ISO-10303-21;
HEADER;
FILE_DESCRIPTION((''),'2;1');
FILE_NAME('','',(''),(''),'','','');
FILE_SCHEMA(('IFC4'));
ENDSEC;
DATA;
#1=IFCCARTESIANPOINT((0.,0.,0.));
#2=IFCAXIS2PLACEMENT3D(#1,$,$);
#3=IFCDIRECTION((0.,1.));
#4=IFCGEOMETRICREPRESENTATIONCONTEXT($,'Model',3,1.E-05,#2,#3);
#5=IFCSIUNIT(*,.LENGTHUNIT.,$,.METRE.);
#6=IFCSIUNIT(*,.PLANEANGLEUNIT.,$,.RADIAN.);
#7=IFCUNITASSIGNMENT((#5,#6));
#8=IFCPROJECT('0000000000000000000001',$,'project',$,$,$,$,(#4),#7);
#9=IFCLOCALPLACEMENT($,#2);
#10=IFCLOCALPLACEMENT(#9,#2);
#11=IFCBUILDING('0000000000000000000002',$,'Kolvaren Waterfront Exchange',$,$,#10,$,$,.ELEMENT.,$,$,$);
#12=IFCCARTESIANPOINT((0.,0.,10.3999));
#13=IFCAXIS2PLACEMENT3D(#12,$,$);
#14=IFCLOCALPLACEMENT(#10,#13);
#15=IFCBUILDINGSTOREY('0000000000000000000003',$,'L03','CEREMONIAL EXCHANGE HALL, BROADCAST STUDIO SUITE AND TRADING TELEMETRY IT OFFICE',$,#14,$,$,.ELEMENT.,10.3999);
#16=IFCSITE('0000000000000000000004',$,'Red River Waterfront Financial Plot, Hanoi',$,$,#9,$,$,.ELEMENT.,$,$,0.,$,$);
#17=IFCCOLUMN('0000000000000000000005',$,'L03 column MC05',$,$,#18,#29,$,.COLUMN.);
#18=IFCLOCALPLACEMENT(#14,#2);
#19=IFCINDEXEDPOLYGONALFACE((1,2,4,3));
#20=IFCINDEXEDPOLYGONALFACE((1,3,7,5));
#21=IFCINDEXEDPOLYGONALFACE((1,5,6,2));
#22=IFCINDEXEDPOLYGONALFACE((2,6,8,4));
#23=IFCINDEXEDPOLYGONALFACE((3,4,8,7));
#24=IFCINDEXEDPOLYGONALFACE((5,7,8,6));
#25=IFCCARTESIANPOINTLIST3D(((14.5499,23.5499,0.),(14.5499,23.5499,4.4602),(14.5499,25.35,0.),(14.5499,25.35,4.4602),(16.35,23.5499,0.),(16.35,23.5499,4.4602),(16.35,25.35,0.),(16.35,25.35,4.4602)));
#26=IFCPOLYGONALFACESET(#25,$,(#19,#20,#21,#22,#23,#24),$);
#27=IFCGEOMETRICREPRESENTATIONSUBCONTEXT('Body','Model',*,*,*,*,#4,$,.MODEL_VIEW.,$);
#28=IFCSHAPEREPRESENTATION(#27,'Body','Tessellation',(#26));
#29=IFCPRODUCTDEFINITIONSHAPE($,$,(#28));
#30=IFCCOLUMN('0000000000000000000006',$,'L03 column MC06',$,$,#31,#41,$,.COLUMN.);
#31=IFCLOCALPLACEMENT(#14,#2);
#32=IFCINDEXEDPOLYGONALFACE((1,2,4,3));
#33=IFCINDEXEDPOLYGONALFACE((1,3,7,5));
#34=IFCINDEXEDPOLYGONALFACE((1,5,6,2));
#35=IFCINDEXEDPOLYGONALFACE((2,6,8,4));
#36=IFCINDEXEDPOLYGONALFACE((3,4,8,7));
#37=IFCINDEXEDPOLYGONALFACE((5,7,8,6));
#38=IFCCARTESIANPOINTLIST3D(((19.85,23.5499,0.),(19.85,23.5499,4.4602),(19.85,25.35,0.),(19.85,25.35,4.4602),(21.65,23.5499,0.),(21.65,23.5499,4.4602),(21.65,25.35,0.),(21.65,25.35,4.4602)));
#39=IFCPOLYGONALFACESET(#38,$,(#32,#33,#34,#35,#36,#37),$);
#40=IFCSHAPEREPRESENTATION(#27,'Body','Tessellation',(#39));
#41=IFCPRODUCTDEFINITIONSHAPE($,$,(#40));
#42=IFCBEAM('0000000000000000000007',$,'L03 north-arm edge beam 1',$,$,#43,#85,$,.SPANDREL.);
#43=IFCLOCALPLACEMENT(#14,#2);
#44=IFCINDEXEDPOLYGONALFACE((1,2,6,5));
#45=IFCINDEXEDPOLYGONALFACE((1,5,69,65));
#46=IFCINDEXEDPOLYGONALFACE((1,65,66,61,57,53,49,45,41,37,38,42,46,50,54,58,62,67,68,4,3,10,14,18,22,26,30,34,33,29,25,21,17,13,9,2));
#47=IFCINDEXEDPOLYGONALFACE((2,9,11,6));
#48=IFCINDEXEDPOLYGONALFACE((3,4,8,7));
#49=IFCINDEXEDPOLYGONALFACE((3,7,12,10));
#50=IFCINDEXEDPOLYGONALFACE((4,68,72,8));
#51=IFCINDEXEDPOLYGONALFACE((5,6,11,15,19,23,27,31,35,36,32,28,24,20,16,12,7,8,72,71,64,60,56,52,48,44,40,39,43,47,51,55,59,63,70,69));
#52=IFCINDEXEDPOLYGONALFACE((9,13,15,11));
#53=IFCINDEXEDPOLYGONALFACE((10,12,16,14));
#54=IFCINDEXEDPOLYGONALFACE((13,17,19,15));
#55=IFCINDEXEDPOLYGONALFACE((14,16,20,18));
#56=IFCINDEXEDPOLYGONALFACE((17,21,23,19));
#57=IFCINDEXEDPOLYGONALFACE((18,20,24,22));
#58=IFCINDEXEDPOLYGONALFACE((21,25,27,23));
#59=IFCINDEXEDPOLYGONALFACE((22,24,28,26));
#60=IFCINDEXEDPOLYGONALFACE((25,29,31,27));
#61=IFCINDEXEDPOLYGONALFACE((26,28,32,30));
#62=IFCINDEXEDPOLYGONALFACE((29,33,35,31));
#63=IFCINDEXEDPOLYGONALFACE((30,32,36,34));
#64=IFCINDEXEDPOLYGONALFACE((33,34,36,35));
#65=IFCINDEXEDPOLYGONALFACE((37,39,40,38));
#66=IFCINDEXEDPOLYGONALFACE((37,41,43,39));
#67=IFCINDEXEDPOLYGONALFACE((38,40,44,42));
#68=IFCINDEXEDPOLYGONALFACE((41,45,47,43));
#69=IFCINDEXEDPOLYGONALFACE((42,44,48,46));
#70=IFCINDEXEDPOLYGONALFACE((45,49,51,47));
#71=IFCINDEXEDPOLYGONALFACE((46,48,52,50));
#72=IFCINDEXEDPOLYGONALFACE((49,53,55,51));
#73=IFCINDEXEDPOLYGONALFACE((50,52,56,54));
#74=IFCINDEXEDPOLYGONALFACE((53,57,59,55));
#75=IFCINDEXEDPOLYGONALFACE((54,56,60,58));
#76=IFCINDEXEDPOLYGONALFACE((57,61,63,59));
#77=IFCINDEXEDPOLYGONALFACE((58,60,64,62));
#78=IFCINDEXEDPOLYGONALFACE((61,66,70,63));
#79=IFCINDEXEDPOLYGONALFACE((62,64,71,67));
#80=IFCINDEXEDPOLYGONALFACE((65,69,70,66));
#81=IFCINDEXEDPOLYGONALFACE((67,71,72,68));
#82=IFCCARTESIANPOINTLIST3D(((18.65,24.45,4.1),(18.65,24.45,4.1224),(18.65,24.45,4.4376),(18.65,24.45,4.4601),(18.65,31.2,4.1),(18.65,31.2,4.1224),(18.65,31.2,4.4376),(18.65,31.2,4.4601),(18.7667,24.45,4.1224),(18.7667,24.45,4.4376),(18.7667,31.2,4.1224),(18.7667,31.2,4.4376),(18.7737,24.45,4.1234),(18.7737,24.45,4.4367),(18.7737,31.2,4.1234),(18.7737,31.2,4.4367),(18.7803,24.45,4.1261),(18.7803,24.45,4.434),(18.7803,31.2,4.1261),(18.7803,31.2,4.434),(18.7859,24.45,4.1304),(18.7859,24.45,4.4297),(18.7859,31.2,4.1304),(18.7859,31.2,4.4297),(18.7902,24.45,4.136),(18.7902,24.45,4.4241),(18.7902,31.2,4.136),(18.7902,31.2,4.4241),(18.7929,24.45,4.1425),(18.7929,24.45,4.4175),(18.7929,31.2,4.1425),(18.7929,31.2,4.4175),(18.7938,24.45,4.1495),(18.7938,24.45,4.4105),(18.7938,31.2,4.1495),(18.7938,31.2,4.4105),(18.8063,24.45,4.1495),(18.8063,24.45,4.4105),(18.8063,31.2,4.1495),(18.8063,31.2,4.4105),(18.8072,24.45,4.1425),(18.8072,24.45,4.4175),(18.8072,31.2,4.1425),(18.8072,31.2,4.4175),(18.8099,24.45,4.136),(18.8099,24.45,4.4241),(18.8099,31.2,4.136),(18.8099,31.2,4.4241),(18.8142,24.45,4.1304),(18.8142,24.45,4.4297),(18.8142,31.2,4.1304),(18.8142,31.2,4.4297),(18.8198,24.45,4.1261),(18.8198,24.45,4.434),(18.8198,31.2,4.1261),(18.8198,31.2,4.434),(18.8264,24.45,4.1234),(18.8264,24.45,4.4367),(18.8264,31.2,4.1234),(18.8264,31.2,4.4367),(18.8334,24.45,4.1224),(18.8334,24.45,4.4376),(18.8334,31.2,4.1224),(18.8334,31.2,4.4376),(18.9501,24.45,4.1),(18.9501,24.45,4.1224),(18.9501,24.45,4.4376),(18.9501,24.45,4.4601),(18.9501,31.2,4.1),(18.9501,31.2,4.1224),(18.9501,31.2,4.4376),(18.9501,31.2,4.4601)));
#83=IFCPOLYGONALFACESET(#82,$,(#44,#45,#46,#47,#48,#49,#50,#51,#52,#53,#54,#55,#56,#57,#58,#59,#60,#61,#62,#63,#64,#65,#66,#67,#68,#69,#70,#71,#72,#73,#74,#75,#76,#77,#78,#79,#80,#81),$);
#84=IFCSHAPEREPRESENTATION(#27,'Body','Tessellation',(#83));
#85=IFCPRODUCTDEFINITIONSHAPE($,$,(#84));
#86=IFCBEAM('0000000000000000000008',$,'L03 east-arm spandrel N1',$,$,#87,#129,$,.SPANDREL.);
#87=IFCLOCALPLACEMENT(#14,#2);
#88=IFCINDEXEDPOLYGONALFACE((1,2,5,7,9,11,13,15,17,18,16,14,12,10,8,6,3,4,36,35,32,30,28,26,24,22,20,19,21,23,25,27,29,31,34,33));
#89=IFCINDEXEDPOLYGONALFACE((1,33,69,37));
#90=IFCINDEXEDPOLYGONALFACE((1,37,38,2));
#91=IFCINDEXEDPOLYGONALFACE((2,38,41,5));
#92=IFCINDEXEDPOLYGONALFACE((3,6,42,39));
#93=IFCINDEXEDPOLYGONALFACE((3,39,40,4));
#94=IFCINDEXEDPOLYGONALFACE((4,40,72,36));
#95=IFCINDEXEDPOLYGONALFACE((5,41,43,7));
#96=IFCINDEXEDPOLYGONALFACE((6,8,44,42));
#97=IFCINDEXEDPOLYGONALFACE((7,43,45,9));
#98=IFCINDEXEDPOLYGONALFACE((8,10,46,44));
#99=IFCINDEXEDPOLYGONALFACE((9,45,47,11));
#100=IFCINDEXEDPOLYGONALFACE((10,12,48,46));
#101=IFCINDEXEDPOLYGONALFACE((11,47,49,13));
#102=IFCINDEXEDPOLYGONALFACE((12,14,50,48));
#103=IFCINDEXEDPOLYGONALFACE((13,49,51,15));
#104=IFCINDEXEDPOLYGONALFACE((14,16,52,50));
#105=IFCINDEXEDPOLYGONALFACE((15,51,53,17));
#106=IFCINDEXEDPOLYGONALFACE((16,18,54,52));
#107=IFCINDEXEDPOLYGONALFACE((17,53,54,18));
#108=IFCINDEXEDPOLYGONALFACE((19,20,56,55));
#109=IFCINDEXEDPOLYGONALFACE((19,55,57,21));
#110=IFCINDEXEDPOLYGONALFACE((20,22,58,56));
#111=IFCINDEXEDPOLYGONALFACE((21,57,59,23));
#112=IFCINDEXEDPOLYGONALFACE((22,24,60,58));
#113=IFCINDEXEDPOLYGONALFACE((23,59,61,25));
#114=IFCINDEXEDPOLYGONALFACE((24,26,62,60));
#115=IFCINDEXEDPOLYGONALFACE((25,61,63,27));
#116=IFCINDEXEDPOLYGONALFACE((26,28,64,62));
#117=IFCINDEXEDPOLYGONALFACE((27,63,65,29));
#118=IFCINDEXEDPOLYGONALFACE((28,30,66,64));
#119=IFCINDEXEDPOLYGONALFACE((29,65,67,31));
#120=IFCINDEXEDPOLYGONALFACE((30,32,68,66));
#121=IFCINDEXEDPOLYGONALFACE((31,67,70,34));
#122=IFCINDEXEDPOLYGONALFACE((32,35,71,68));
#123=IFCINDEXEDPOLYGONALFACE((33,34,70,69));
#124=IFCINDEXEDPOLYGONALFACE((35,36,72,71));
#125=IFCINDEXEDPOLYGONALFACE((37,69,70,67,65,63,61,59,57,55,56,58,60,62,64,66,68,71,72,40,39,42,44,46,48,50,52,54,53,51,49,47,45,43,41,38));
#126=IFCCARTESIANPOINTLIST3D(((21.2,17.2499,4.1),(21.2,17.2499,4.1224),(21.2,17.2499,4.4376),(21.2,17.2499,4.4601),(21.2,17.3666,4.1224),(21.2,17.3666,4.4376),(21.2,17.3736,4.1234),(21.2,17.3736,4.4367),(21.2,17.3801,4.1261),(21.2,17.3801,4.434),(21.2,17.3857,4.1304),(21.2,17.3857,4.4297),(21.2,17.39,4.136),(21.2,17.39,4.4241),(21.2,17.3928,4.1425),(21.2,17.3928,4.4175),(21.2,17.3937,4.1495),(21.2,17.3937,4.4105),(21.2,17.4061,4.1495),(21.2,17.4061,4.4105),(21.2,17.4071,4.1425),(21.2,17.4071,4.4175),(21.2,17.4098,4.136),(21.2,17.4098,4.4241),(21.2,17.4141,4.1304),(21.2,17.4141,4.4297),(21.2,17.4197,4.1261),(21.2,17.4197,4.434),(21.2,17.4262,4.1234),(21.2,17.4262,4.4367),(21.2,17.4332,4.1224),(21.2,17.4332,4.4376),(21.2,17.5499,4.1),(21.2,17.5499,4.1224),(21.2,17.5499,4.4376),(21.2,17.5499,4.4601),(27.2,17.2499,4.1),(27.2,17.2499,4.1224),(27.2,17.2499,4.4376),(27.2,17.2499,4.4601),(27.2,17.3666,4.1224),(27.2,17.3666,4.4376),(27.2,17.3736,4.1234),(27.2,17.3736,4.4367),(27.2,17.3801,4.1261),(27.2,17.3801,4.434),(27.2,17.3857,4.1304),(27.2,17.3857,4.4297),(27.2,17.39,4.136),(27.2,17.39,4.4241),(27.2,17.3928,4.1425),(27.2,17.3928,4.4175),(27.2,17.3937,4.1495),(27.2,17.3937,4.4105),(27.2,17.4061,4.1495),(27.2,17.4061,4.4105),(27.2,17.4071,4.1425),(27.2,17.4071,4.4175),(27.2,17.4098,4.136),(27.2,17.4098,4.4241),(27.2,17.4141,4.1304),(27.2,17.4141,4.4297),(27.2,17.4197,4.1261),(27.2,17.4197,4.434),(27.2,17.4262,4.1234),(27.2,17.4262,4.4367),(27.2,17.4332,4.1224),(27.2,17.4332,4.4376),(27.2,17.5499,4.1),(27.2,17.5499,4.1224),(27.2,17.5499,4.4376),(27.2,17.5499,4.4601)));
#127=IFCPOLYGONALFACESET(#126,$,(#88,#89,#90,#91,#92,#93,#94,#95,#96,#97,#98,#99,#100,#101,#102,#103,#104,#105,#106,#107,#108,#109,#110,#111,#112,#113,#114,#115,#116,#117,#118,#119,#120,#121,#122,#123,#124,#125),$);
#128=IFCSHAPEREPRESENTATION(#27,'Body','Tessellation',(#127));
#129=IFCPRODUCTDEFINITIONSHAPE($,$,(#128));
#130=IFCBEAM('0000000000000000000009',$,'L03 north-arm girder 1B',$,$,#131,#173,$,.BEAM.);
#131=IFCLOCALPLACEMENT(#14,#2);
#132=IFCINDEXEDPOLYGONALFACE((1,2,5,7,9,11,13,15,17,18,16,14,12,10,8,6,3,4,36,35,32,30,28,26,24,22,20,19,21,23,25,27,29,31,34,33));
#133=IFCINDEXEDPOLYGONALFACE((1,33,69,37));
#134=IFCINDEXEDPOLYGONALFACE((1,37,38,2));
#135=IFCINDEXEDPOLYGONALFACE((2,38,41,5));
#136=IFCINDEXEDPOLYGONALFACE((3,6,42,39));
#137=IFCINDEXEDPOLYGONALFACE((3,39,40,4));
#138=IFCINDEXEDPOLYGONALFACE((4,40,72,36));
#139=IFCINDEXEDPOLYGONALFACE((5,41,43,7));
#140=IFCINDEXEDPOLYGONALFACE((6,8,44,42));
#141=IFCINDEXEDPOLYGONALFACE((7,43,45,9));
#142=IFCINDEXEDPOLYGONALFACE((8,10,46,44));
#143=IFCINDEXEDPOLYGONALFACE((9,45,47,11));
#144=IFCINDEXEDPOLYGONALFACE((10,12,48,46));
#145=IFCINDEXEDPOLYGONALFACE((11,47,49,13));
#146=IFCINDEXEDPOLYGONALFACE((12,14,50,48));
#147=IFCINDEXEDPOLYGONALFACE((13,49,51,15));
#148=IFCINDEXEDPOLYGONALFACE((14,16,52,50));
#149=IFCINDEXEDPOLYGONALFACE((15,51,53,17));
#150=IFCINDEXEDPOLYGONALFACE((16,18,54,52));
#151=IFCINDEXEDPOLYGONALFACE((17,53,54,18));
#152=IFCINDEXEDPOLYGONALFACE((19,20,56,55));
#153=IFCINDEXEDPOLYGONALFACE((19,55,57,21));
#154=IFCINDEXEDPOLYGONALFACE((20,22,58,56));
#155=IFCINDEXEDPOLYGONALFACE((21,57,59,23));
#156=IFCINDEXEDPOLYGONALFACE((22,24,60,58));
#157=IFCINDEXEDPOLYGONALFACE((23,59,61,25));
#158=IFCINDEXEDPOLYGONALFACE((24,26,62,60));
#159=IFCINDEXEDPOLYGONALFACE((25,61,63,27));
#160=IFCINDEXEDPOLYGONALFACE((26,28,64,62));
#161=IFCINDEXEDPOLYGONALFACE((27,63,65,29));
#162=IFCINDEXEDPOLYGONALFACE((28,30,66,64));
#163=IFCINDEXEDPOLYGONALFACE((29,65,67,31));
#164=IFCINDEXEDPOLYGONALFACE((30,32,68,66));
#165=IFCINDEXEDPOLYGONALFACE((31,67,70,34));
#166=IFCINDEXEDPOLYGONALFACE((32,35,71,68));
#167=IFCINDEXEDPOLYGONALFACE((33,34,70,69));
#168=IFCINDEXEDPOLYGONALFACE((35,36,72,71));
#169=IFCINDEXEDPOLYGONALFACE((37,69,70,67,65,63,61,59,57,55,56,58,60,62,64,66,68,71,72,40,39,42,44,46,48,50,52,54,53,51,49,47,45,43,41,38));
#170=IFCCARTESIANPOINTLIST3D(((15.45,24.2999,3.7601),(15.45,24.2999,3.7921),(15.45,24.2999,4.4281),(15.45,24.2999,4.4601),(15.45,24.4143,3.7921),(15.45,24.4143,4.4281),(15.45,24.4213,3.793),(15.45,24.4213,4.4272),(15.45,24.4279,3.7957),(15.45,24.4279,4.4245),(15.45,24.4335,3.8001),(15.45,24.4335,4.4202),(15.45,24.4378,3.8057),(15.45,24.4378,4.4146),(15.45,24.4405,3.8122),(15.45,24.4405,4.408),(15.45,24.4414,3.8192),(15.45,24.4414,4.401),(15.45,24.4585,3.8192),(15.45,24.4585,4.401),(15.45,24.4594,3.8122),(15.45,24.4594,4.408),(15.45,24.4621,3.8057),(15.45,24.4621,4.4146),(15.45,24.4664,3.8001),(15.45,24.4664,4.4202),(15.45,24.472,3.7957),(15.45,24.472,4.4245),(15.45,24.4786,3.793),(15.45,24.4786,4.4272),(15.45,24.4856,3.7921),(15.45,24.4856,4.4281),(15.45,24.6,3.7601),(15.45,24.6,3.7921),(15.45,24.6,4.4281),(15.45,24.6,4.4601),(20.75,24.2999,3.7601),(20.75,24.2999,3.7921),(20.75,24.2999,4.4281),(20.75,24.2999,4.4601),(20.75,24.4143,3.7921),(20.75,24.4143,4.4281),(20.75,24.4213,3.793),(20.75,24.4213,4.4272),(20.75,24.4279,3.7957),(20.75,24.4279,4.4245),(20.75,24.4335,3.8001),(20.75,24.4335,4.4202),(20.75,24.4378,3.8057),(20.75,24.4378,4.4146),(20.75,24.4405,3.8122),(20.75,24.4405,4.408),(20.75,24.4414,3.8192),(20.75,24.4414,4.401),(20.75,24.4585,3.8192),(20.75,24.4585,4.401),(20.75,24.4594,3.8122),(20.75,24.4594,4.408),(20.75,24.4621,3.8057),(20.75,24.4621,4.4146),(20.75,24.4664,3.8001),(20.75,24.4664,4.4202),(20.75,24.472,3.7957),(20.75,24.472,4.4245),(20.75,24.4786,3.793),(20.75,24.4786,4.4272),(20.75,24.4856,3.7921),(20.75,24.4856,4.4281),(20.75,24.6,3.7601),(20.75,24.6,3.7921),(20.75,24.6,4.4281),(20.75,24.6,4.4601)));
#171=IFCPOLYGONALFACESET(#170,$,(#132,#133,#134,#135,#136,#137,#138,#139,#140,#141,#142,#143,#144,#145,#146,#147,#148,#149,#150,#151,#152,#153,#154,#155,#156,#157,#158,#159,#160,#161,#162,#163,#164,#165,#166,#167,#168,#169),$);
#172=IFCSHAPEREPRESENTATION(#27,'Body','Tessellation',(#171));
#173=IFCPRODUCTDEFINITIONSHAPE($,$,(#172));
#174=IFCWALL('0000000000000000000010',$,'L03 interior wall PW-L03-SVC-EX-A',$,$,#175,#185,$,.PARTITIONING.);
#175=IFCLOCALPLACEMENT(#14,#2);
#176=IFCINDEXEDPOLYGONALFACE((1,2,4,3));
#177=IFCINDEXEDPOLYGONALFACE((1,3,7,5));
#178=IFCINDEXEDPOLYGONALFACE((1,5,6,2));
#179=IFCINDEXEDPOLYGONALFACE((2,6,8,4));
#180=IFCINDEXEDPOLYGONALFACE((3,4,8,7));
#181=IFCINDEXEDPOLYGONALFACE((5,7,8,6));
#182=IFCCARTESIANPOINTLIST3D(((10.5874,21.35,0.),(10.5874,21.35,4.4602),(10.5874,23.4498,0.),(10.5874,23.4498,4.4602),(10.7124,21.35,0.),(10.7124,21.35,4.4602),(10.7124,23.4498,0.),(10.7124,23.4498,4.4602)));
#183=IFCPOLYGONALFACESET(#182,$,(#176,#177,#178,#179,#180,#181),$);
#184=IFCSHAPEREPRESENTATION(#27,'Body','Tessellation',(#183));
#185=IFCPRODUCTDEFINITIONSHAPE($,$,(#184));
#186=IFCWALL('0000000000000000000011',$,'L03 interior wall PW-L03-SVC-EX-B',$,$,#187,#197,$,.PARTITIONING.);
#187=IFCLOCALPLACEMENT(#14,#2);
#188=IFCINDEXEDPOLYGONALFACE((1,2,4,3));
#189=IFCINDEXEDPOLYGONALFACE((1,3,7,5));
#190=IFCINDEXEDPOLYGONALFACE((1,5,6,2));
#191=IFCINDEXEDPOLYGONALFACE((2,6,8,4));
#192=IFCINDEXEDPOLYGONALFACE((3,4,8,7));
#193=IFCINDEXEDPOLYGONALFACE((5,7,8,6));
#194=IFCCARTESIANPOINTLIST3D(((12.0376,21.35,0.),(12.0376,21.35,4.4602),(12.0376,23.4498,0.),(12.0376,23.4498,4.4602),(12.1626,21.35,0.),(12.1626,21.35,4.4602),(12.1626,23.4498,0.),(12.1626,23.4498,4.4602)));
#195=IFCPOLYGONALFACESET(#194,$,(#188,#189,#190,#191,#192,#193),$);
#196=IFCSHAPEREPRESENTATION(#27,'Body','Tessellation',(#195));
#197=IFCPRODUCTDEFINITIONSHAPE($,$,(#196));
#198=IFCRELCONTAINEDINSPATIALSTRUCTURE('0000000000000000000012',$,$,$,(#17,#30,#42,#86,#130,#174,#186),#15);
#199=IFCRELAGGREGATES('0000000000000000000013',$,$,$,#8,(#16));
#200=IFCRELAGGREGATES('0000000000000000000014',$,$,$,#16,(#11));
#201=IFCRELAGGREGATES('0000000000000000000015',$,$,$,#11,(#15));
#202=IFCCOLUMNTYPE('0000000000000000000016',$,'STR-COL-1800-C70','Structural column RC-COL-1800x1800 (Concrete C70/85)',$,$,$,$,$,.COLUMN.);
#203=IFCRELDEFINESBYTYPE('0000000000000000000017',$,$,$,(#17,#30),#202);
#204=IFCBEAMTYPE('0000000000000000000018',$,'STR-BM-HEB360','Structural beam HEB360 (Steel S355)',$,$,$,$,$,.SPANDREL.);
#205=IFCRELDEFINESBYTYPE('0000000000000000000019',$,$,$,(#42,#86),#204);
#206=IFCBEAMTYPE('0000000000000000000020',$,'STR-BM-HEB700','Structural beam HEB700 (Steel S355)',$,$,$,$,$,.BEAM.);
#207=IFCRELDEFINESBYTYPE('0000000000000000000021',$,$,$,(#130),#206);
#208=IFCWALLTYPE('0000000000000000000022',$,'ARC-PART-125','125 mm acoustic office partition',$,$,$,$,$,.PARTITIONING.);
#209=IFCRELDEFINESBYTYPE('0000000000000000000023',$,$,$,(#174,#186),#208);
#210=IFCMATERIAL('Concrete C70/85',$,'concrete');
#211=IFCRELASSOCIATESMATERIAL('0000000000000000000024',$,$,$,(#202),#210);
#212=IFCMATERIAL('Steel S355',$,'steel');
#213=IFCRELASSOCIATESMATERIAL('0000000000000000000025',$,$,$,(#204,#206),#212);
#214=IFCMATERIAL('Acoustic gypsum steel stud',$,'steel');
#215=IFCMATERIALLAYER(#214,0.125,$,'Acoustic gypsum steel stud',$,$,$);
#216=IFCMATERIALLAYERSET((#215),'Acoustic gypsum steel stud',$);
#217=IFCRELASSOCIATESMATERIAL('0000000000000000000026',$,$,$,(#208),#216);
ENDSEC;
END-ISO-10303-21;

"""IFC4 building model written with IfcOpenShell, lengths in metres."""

from ifc_helpers import new_model, si_unit, direction, frame, frame_2d, origin, origin_2d, place, context, subcontext, project, spatial, rectangle, i_section, extrude, material, layer, layer_set, material_profile, profile_set, type_object, element, save


model = new_model("IFC4")

# Units and contexts
model_context = context("Model", 3, precision=1e-05, world=origin(), true_north=direction((0.0, 1.0)))
body_context = subcontext(model_context, "Body", "Model", "MODEL_VIEW")
ifc_project = project(units=[si_unit("LENGTHUNIT", "METRE"), si_unit("PLANEANGLEUNIT", "RADIAN")], contexts=[model_context])

# Site, building, storey
site_placement = place(None, origin())
site = spatial("IfcSite", under=ifc_project, at=site_placement, Name="Red River Waterfront Financial Plot, Hanoi", CompositionType="ELEMENT", RefElevation=0.0)
building_placement = place(site_placement, origin())
building = spatial("IfcBuilding", under=site, at=building_placement, Name="Kolvaren Waterfront Exchange", CompositionType="ELEMENT")
storey_placement = place(building_placement, frame((0.0, 0.0, 10.3999)))
storey = spatial("IfcBuildingStorey", under=building, at=storey_placement, Name="L03", Description="CEREMONIAL EXCHANGE HALL, BROADCAST STUDIO SUITE AND TRADING TELEMETRY IT OFFICE", CompositionType="ELEMENT", Elevation=10.3999)

# Columns
ifc_material_1 = material(Name="Concrete C70/85", Category="concrete")
ifc_material_profile_1 = material_profile(ifc_material_1, rectangle(XDim=1.8, YDim=1.8, at=origin_2d()), Name="RC-COL-1800x1800")
ifc_profile_set_1 = profile_set([ifc_material_profile_1], Name="Concrete C70/85")
column_type = type_object("IfcColumnType", Name="STR-COL-1800-C70", Description="Structural column RC-COL-1800x1800 (Concrete C70/85)", PredefinedType="COLUMN", material=ifc_profile_set_1)
for number, where, z_axis, x_axis, name in (
    (1, (15.45, 24.45, 0.0), (0.0, 0.0, 1.0), (1.0, 0.0, 0.0), "L03 column MC05"),
    (2, (20.75, 24.45, 0.0), (0.0, 0.0, 1.0), (1.0, 0.0, 0.0), "L03 column MC06"),
):
    element("IfcColumn", number, at=place(storey_placement, frame(where, z_axis=z_axis, x_axis=x_axis)), inside=storey, type_object=column_type, Name=name, PredefinedType="COLUMN", context=body_context, shape_type="SweptSolid", body=[
        extrude(rectangle(XDim=1.8, YDim=1.8, at=origin_2d()), origin(), (0.0, 0.0, 1.0), 4.4602),
    ])

# Beams
ifc_material_2 = material(Name="Steel S355", Category="steel")
ifc_material_profile_2 = material_profile(ifc_material_2, i_section(OverallWidth=0.3, OverallDepth=0.3601, WebThickness=0.0125, FlangeThickness=0.0225, FilletRadius=0.0271, at=origin_2d()), Name="HEB360")
ifc_profile_set_2 = profile_set([ifc_material_profile_2], Name="Steel S355")
beam_type_1 = type_object("IfcBeamType", Name="STR-BM-HEB360", Description="Structural beam HEB360 (Steel S355)", PredefinedType="SPANDREL", material=ifc_profile_set_2)
beam_1_placement = place(storey_placement, frame((18.8, 24.45, 4.28), z_axis=(0.0, 1.0, 0.0), x_axis=(-1.0, 0.0, 0.0)))
element("IfcBeam", 3, at=beam_1_placement, inside=storey, type_object=beam_type_1, Name="L03 north-arm edge beam 1", PredefinedType="SPANDREL", context=body_context, shape_type="SweptSolid", body=[
    extrude(i_section(OverallWidth=0.3, OverallDepth=0.3601, WebThickness=0.0125, FlangeThickness=0.0225, FilletRadius=0.0271, at=origin_2d()), origin(), (0.0, 0.0, 1.0), 6.75),
])
beam_2_placement = place(storey_placement, frame((21.2, 17.3999, 4.28), z_axis=(1.0, 0.0, 0.0), x_axis=(0.0, 1.0, 0.0)))
element("IfcBeam", 4, at=beam_2_placement, inside=storey, type_object=beam_type_1, Name="L03 east-arm spandrel N1", PredefinedType="SPANDREL", context=body_context, shape_type="SweptSolid", body=[
    extrude(i_section(OverallWidth=0.3, OverallDepth=0.3601, WebThickness=0.0125, FlangeThickness=0.0225, FilletRadius=0.0271, at=origin_2d()), origin(), (0.0, 0.0, 1.0), 6.0),
])
ifc_material_profile_3 = material_profile(ifc_material_2, i_section(OverallWidth=0.3, OverallDepth=0.7, WebThickness=0.0171, FlangeThickness=0.032, FilletRadius=0.0271, at=origin_2d()), Name="HEB700")
ifc_profile_set_3 = profile_set([ifc_material_profile_3], Name="Steel S355")
beam_type_2 = type_object("IfcBeamType", Name="STR-BM-HEB700", Description="Structural beam HEB700 (Steel S355)", PredefinedType="BEAM", material=ifc_profile_set_3)
beam_3_placement = place(storey_placement, frame((15.45, 24.45, 4.1101), z_axis=(1.0, 0.0, 0.0), x_axis=(0.0, 1.0, 0.0)))
element("IfcBeam", 5, at=beam_3_placement, inside=storey, type_object=beam_type_2, Name="L03 north-arm girder 1B", PredefinedType="BEAM", context=body_context, shape_type="SweptSolid", body=[
    extrude(i_section(OverallWidth=0.3, OverallDepth=0.7, WebThickness=0.0171, FlangeThickness=0.032, FilletRadius=0.0271, at=origin_2d()), origin(), (0.0, 0.0, 1.0), 5.3),
])

# Shared definitions
ifc_material_3 = material(Name="Acoustic gypsum steel stud", Category="steel")
ifc_layer_1 = layer(ifc_material_3, 0.125, Name="Acoustic gypsum steel stud")
ifc_layer_set_1 = layer_set([ifc_layer_1], Name="Acoustic gypsum steel stud")
wall_type_1 = type_object("IfcWallType", Name="ARC-PART-125", Description="125 mm acoustic office partition", PredefinedType="PARTITIONING", material=ifc_layer_set_1)

# Walls
for number, where, z_axis, x_axis, name in (
    (6, (10.6499, 21.3501, 0.0), (0.0, 0.0, 1.0), (0.0, 1.0, 0.0), "L03 interior wall PW-L03-SVC-EX-A"),
    (7, (12.1001, 21.3501, 0.0), (0.0, 0.0, 1.0), (0.0, 1.0, 0.0), "L03 interior wall PW-L03-SVC-EX-B"),
):
    element("IfcWall", number, at=place(storey_placement, frame(where, z_axis=z_axis, x_axis=x_axis)), inside=storey, type_object=wall_type_1, Name=name, PredefinedType="PARTITIONING", context=body_context, shape_type="SweptSolid", body=[
        extrude(rectangle(XDim=2.0999, YDim=0.125, at=frame_2d((1.0498, 0.0))), origin(), (0.0, 0.0, 1.0), 4.4602),
    ])

save(model, "model.ifc")
